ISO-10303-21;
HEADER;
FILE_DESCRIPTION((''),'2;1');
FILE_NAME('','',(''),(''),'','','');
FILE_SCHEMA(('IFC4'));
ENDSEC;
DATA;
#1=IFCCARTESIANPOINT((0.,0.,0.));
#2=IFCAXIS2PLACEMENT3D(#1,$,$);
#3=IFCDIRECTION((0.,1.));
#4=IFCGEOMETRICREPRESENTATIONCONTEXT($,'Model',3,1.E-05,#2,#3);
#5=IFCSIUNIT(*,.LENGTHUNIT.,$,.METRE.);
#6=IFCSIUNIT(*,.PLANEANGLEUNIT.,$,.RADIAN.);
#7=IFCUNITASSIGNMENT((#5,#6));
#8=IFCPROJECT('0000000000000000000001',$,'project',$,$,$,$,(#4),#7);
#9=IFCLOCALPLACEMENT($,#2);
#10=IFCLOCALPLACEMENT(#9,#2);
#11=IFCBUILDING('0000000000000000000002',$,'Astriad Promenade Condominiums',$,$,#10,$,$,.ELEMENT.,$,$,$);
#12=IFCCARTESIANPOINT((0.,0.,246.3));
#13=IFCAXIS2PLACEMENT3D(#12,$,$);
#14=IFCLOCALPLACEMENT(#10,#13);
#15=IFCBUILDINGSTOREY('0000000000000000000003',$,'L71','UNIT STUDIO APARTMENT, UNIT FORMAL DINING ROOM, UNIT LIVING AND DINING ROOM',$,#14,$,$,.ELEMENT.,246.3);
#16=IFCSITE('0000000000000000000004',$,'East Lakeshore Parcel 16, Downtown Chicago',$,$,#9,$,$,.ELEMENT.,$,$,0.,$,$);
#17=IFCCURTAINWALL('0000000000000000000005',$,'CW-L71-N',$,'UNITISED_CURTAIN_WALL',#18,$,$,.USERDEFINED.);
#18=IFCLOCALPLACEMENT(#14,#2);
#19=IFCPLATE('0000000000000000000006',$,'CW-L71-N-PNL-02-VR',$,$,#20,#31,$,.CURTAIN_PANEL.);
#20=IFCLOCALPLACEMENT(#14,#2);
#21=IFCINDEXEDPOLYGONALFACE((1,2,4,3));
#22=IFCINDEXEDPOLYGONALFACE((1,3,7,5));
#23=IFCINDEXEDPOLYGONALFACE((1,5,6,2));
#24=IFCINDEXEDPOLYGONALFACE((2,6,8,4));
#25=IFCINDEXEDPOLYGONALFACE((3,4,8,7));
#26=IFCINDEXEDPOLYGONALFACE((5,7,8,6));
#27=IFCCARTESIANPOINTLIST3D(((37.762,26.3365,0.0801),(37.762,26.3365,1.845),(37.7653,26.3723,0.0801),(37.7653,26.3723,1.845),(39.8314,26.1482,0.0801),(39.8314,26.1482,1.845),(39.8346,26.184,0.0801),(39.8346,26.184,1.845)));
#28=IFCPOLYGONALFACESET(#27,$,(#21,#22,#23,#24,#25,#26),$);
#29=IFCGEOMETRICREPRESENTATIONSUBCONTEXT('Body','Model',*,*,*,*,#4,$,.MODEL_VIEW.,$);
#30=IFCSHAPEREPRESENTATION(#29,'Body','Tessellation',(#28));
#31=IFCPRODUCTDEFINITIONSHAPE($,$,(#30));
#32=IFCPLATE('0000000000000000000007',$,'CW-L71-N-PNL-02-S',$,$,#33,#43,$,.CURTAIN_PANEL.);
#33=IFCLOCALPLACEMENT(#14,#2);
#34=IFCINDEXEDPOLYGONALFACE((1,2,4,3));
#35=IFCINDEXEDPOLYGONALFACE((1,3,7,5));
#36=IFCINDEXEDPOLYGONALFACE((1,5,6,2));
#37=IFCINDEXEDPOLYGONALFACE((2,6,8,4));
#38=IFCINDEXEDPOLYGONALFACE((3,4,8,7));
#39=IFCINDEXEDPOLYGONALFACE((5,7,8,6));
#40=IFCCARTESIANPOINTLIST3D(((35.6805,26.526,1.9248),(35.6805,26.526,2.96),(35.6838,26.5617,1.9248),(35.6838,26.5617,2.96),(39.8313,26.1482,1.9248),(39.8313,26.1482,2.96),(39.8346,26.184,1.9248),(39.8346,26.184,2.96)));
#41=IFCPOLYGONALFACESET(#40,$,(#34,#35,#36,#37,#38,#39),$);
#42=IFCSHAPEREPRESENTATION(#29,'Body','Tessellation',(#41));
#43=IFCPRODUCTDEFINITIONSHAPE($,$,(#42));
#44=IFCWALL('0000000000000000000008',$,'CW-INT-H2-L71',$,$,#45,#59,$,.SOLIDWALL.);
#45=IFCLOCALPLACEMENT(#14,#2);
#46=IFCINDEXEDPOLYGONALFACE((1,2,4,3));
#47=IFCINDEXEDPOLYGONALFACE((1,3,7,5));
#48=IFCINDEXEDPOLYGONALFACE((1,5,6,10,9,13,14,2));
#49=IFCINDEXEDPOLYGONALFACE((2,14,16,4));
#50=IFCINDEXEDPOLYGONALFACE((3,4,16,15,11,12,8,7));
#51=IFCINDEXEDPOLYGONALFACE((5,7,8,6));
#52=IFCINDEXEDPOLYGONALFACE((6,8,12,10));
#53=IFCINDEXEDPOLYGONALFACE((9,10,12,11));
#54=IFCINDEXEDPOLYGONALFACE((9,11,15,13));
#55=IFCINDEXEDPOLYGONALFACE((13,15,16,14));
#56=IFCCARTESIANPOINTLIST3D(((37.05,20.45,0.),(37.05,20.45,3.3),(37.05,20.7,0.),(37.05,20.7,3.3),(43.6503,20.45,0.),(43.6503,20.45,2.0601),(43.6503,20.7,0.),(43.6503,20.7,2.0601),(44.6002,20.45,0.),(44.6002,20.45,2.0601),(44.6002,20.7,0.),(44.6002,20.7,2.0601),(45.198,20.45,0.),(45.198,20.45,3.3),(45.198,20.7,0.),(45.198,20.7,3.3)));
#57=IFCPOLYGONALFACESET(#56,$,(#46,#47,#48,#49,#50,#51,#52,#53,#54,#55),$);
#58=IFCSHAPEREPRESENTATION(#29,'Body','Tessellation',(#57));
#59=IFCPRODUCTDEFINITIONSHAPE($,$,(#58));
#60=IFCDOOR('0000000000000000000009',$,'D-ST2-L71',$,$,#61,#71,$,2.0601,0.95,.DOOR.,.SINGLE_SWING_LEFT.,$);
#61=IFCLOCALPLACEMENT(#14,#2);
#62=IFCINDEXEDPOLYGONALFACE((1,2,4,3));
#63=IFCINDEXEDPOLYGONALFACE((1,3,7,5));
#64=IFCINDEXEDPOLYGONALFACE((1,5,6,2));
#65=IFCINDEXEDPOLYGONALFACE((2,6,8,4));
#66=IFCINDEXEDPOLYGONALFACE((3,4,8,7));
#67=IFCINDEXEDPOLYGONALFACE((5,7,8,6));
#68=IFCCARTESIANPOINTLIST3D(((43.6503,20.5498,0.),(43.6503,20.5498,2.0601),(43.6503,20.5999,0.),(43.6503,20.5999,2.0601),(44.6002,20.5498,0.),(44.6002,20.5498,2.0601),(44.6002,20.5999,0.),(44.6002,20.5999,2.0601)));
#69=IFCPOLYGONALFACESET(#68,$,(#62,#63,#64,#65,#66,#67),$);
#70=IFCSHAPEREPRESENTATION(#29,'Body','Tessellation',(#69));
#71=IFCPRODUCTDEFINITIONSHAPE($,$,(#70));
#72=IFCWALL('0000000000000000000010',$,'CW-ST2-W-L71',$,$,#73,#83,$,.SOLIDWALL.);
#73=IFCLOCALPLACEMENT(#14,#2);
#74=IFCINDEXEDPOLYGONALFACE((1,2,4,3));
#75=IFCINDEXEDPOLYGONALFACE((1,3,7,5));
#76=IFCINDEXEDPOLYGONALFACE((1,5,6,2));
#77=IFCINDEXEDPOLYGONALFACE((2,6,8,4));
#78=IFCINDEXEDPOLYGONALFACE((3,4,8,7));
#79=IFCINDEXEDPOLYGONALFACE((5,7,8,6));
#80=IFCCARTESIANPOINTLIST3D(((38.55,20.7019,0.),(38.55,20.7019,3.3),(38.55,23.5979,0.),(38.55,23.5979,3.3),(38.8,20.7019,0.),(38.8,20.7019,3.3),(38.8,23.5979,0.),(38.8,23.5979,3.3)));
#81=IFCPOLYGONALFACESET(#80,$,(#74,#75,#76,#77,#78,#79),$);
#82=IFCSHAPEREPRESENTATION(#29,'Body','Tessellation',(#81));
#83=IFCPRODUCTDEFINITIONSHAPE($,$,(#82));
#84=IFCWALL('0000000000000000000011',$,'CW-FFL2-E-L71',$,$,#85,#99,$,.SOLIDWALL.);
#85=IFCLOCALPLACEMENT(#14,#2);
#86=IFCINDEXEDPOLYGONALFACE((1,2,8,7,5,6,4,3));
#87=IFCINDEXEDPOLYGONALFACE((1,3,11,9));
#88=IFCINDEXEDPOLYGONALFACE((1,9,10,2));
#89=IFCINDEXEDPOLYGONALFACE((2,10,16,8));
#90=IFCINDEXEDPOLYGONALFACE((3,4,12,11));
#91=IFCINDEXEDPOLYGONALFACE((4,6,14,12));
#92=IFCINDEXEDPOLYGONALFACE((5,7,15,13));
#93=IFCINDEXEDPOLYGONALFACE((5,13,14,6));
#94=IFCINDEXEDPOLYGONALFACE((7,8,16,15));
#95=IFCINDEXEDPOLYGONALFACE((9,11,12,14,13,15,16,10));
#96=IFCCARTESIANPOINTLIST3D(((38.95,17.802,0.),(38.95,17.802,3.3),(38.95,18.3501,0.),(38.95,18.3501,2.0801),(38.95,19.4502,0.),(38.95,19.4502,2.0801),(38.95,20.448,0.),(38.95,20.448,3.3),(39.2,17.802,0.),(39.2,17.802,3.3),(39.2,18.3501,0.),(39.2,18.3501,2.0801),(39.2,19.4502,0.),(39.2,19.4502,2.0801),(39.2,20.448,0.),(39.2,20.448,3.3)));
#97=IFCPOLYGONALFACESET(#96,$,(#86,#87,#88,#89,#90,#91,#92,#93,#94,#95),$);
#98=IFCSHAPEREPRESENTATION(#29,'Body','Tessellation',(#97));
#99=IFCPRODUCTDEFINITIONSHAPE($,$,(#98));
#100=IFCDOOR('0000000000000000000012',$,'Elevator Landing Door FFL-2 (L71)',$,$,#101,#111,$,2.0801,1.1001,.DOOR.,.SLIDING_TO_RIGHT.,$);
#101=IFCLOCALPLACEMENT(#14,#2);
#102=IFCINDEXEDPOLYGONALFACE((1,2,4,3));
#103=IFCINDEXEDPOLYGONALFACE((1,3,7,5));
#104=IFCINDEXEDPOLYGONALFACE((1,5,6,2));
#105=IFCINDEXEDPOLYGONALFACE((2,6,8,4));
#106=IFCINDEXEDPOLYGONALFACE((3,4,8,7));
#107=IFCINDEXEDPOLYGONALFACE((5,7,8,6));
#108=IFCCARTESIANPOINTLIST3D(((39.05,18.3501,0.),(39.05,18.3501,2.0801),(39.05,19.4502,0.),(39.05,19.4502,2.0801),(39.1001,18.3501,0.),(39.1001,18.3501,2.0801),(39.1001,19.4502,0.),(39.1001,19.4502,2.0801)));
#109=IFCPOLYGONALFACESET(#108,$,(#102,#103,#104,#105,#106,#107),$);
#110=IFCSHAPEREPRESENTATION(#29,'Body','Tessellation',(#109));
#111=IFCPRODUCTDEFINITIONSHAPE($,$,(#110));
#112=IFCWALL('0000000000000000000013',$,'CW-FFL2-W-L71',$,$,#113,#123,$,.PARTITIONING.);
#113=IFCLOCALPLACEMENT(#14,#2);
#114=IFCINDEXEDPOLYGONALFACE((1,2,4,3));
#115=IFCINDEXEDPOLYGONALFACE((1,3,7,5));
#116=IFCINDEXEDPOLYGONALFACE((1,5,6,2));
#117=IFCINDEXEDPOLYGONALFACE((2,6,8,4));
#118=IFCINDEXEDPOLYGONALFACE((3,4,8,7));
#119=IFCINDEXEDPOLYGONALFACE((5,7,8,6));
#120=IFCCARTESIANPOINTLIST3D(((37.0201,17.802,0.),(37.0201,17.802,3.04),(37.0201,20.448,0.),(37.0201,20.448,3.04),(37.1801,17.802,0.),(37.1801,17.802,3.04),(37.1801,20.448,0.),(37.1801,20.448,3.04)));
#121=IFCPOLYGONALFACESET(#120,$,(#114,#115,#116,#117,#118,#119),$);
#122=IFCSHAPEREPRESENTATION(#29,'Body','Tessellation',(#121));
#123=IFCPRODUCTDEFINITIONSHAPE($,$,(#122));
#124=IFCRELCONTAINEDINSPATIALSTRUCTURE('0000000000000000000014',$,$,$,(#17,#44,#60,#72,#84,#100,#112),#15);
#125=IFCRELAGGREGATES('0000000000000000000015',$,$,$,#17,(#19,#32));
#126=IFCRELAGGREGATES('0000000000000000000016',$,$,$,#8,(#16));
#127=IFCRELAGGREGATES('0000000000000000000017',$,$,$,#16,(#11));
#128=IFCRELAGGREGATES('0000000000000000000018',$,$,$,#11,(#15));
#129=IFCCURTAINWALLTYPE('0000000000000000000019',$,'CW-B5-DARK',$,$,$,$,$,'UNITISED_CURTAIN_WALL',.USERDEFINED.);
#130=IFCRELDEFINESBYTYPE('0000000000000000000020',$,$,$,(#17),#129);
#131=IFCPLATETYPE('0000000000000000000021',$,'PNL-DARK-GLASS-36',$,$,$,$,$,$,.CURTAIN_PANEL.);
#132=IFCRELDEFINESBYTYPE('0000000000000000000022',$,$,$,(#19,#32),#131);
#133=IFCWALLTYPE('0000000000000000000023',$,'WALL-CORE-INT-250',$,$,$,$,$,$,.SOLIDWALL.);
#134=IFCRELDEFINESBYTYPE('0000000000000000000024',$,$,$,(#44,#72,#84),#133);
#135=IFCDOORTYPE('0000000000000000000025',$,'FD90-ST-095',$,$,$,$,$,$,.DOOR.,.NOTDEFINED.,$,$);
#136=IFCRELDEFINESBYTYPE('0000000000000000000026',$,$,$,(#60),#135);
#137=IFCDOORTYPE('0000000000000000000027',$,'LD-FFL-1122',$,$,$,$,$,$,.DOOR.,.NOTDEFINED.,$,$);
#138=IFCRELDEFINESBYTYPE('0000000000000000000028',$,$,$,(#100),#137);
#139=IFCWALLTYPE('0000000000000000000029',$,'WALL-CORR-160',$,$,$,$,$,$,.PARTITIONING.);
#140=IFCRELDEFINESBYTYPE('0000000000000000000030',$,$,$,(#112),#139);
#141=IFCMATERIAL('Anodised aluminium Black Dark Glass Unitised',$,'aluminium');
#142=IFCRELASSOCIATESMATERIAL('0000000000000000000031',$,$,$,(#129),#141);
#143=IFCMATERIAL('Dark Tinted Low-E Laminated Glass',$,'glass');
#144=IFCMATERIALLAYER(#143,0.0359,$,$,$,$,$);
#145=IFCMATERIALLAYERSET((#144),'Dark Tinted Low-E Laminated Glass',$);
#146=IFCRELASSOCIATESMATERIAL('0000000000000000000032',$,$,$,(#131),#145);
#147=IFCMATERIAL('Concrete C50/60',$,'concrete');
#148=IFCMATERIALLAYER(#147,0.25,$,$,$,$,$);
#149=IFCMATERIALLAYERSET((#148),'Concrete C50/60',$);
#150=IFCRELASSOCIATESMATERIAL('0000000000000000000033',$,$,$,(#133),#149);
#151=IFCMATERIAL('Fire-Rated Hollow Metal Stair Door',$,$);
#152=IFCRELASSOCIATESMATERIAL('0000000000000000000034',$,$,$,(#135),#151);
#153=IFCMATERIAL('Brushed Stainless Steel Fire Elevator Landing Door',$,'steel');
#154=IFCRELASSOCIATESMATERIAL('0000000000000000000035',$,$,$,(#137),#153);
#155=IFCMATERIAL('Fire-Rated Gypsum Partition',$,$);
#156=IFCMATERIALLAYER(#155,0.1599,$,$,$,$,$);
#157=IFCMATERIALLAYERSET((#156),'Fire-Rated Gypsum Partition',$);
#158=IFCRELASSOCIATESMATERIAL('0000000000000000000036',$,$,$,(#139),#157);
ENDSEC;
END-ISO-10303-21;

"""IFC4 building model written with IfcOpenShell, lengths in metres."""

from ifc_helpers import new_model, si_unit, direction, frame, frame_2d, origin, origin_2d, place, context, subcontext, project, spatial, rectangle, extrude, source, transform, mapped, material, layer, layer_set, type_object, type_shapes, element, fill, aggregate, save


model = new_model("IFC4")

# Units and contexts
model_context = context("Model", 3, precision=1e-05, world=origin(), true_north=direction((0.0, 1.0)))
body_context = subcontext(model_context, "Body", "Model", "MODEL_VIEW")
ifc_project = project(units=[si_unit("LENGTHUNIT", "METRE"), si_unit("PLANEANGLEUNIT", "RADIAN")], contexts=[model_context])

# Site, building, storey
site_placement = place(None, origin())
site = spatial("IfcSite", under=ifc_project, at=site_placement, Name="East Lakeshore Parcel 16, Downtown Chicago", CompositionType="ELEMENT", RefElevation=0.0)
building_placement = place(site_placement, origin())
building = spatial("IfcBuilding", under=site, at=building_placement, Name="Astriad Promenade Condominiums", CompositionType="ELEMENT")
storey_placement = place(building_placement, frame((0.0, 0.0, 246.3)))
storey = spatial("IfcBuildingStorey", under=building, at=storey_placement, Name="L71", Description="UNIT STUDIO APARTMENT, UNIT FORMAL DINING ROOM, UNIT LIVING AND DINING ROOM", CompositionType="ELEMENT", Elevation=246.3)

# Curtain wall, plates
ifc_material_1 = material(Name="Anodised aluminium Black Dark Glass Unitised", Category="aluminium")
curtain_wall_type = type_object("IfcCurtainWallType", Name="CW-B5-DARK", ElementType="UNITISED_CURTAIN_WALL", PredefinedType="USERDEFINED", material=ifc_material_1)
curtain_wall_placement = place(storey_placement, origin())
curtain_wall = element("IfcCurtainWall", 1, at=curtain_wall_placement, inside=storey, type_object=curtain_wall_type, Name="CW-L71-N", ObjectType="UNITISED_CURTAIN_WALL", PredefinedType="USERDEFINED")
ifc_material_2 = material(Name="Dark Tinted Low-E Laminated Glass", Category="glass")
ifc_layer_1 = layer(ifc_material_2, 0.0359)
ifc_layer_set_1 = layer_set([ifc_layer_1], Name="Dark Tinted Low-E Laminated Glass")
plate_type = type_object("IfcPlateType", Name="PNL-DARK-GLASS-36", PredefinedType="CURTAIN_PANEL", material=ifc_layer_set_1)
shared_shape_1 = source(origin(), body_context, "Body", "SweptSolid", [
    extrude(rectangle(XDim=2.0779, YDim=0.0359, at=origin_2d()), origin(), (0.0, 0.0, 1.0), 1.7649),
])
plate_1_placement = place(storey_placement, frame((38.7983, 26.2603, 0.0801), z_axis=(0.0, 0.0, 1.0), x_axis=(0.995884, -0.090633, 0.0)))
plate_1 = element("IfcPlate", 2, at=plate_1_placement, type_object=plate_type, Name="CW-L71-N-PNL-02-VR", PredefinedType="CURTAIN_PANEL", context=body_context, shape_type="MappedRepresentation", body=[
    mapped(shared_shape_1, transform((0.0, 0.0, 0.0), scale=1.0)),
])
shared_shape_2 = source(origin(), body_context, "Body", "SweptSolid", [
    extrude(rectangle(XDim=4.168, YDim=0.0359, at=origin_2d()), origin(), (0.0, 0.0, 1.0), 1.0352),
])
type_shapes(plate_type, [shared_shape_1, shared_shape_2])
plate_2_placement = place(storey_placement, frame((37.7576, 26.355, 1.9248), z_axis=(0.0, 0.0, 1.0), x_axis=(0.995884, -0.090633, 0.0)))
plate_2 = element("IfcPlate", 3, at=plate_2_placement, type_object=plate_type, Name="CW-L71-N-PNL-02-S", PredefinedType="CURTAIN_PANEL", context=body_context, shape_type="MappedRepresentation", body=[
    mapped(shared_shape_2, transform((0.0, 0.0, 0.0), scale=1.0)),
])
aggregate(curtain_wall, [plate_1, plate_2])

# Wall, opening, door
ifc_material_3 = material(Name="Concrete C50/60", Category="concrete")
ifc_layer_2 = layer(ifc_material_3, 0.25)
ifc_layer_set_2 = layer_set([ifc_layer_2], Name="Concrete C50/60")
wall_type_1 = type_object("IfcWallType", Name="WALL-CORE-INT-250", PredefinedType="SOLIDWALL", material=ifc_layer_set_2)
wall_1_placement = place(storey_placement, frame((37.05, 20.575, 0.0), z_axis=(0.0, 0.0, 1.0), x_axis=(1.0, 0.0, 0.0)))
wall_1 = element("IfcWall", 4, at=wall_1_placement, inside=storey, type_object=wall_type_1, Name="CW-INT-H2-L71", PredefinedType="SOLIDWALL", context=body_context, shape_type="SweptSolid", body=[
    extrude(rectangle(XDim=8.1479, YDim=0.25, at=frame_2d((4.074, 0.0))), origin(), (0.0, 0.0, 1.0), 3.3),
])
opening_1_placement = place(wall_1_placement, frame((6.6001, 0.0, 0.0)))
opening_1 = element("IfcOpeningElement", 5, at=opening_1_placement, cuts=wall_1, PredefinedType="OPENING", context=body_context, shape_type="SweptSolid", body=[
    extrude(rectangle(XDim=0.95, YDim=2.0601, at=frame_2d((0.4751, 1.03))), frame((0.0, 0.135, 0.0), z_axis=(0.0, -1.0, 0.0), x_axis=(1.0, 0.0, 0.0)), (0.0, 0.0, 1.0), 0.27),
])
ifc_material_4 = material(Name="Fire-Rated Hollow Metal Stair Door")
door_type_1 = type_object("IfcDoorType", Name="FD90-ST-095", OperationType="NOTDEFINED", PredefinedType="DOOR", material=ifc_material_4)
shared_shape_3 = source(origin(), body_context, "Body", "SweptSolid", [
    extrude(rectangle(XDim=0.95, YDim=2.0601, at=frame_2d((0.4751, 1.03))), frame((0.0, 0.0249, 0.0), z_axis=(0.0, -1.0, 0.0), x_axis=(1.0, 0.0, 0.0)), (0.0, 0.0, 1.0), 0.05),
])
type_shapes(door_type_1, [shared_shape_3])
door_1_placement = place(opening_1_placement, origin())
door_1 = element("IfcDoor", 6, at=door_1_placement, inside=storey, type_object=door_type_1, Name="D-ST2-L71", OperationType="SINGLE_SWING_LEFT", OverallHeight=2.0601, OverallWidth=0.95, PredefinedType="DOOR", context=body_context, shape_type="MappedRepresentation", body=[
    mapped(shared_shape_3, transform((0.0, 0.0, 0.0), scale=1.0)),
])
fill(opening_1, door_1)

# Wall
wall_2_placement = place(storey_placement, frame((38.675, 20.7019, 0.0), z_axis=(0.0, 0.0, 1.0), x_axis=(0.0, 1.0, 0.0)))
element("IfcWall", 7, at=wall_2_placement, inside=storey, type_object=wall_type_1, Name="CW-ST2-W-L71", PredefinedType="SOLIDWALL", context=body_context, shape_type="SweptSolid", body=[
    extrude(rectangle(XDim=2.896, YDim=0.25, at=frame_2d((1.448, 0.0))), origin(), (0.0, 0.0, 1.0), 3.3),
])

# Wall, opening, door
wall_3_placement = place(storey_placement, frame((39.075, 17.802, 0.0), z_axis=(0.0, 0.0, 1.0), x_axis=(0.0, 1.0, 0.0)))
wall_3 = element("IfcWall", 8, at=wall_3_placement, inside=storey, type_object=wall_type_1, Name="CW-FFL2-E-L71", PredefinedType="SOLIDWALL", context=body_context, shape_type="SweptSolid", body=[
    extrude(rectangle(XDim=2.646, YDim=0.25, at=frame_2d((1.323, 0.0))), origin(), (0.0, 0.0, 1.0), 3.3),
])
opening_2_placement = place(wall_3_placement, frame((0.5481, 0.0, 0.0)))
opening_2 = element("IfcOpeningElement", 9, at=opening_2_placement, cuts=wall_3, PredefinedType="OPENING", context=body_context, shape_type="SweptSolid", body=[
    extrude(rectangle(XDim=1.1001, YDim=2.0801, at=frame_2d((0.55, 1.04))), frame((0.0, 0.135, 0.0), z_axis=(0.0, -1.0, 0.0), x_axis=(1.0, 0.0, 0.0)), (0.0, 0.0, 1.0), 0.27),
])
ifc_material_5 = material(Name="Brushed Stainless Steel Fire Elevator Landing Door", Category="steel")
door_type_2 = type_object("IfcDoorType", Name="LD-FFL-1122", OperationType="NOTDEFINED", PredefinedType="DOOR", material=ifc_material_5)
shared_shape_4 = source(origin(), body_context, "Body", "SweptSolid", [
    extrude(rectangle(XDim=1.1001, YDim=2.0801, at=frame_2d((0.55, 1.04))), frame((0.0, 0.0249, 0.0), z_axis=(0.0, -1.0, 0.0), x_axis=(1.0, 0.0, 0.0)), (0.0, 0.0, 1.0), 0.05),
])
type_shapes(door_type_2, [shared_shape_4])
door_2_placement = place(opening_2_placement, origin())
door_2 = element("IfcDoor", 10, at=door_2_placement, inside=storey, type_object=door_type_2, Name="Elevator Landing Door FFL-2 (L71)", OperationType="SLIDING_TO_RIGHT", OverallHeight=2.0801, OverallWidth=1.1001, PredefinedType="DOOR", context=body_context, shape_type="MappedRepresentation", body=[
    mapped(shared_shape_4, transform((0.0, 0.0, 0.0), scale=1.0)),
])
fill(opening_2, door_2)

# Wall
ifc_material_6 = material(Name="Fire-Rated Gypsum Partition")
ifc_layer_3 = layer(ifc_material_6, 0.1599)
ifc_layer_set_3 = layer_set([ifc_layer_3], Name="Fire-Rated Gypsum Partition")
wall_type_2 = type_object("IfcWallType", Name="WALL-CORR-160", PredefinedType="PARTITIONING", material=ifc_layer_set_3)
wall_4_placement = place(storey_placement, frame((37.1001, 17.802, 0.0), z_axis=(0.0, 0.0, 1.0), x_axis=(0.0, 1.0, 0.0)))
element("IfcWall", 11, at=wall_4_placement, inside=storey, type_object=wall_type_2, Name="CW-FFL2-W-L71", PredefinedType="PARTITIONING", context=body_context, shape_type="SweptSolid", body=[
    extrude(rectangle(XDim=2.646, YDim=0.1599, at=frame_2d((1.323, 0.0))), origin(), (0.0, 0.0, 1.0), 3.04),
])

save(model, "model.ifc")
